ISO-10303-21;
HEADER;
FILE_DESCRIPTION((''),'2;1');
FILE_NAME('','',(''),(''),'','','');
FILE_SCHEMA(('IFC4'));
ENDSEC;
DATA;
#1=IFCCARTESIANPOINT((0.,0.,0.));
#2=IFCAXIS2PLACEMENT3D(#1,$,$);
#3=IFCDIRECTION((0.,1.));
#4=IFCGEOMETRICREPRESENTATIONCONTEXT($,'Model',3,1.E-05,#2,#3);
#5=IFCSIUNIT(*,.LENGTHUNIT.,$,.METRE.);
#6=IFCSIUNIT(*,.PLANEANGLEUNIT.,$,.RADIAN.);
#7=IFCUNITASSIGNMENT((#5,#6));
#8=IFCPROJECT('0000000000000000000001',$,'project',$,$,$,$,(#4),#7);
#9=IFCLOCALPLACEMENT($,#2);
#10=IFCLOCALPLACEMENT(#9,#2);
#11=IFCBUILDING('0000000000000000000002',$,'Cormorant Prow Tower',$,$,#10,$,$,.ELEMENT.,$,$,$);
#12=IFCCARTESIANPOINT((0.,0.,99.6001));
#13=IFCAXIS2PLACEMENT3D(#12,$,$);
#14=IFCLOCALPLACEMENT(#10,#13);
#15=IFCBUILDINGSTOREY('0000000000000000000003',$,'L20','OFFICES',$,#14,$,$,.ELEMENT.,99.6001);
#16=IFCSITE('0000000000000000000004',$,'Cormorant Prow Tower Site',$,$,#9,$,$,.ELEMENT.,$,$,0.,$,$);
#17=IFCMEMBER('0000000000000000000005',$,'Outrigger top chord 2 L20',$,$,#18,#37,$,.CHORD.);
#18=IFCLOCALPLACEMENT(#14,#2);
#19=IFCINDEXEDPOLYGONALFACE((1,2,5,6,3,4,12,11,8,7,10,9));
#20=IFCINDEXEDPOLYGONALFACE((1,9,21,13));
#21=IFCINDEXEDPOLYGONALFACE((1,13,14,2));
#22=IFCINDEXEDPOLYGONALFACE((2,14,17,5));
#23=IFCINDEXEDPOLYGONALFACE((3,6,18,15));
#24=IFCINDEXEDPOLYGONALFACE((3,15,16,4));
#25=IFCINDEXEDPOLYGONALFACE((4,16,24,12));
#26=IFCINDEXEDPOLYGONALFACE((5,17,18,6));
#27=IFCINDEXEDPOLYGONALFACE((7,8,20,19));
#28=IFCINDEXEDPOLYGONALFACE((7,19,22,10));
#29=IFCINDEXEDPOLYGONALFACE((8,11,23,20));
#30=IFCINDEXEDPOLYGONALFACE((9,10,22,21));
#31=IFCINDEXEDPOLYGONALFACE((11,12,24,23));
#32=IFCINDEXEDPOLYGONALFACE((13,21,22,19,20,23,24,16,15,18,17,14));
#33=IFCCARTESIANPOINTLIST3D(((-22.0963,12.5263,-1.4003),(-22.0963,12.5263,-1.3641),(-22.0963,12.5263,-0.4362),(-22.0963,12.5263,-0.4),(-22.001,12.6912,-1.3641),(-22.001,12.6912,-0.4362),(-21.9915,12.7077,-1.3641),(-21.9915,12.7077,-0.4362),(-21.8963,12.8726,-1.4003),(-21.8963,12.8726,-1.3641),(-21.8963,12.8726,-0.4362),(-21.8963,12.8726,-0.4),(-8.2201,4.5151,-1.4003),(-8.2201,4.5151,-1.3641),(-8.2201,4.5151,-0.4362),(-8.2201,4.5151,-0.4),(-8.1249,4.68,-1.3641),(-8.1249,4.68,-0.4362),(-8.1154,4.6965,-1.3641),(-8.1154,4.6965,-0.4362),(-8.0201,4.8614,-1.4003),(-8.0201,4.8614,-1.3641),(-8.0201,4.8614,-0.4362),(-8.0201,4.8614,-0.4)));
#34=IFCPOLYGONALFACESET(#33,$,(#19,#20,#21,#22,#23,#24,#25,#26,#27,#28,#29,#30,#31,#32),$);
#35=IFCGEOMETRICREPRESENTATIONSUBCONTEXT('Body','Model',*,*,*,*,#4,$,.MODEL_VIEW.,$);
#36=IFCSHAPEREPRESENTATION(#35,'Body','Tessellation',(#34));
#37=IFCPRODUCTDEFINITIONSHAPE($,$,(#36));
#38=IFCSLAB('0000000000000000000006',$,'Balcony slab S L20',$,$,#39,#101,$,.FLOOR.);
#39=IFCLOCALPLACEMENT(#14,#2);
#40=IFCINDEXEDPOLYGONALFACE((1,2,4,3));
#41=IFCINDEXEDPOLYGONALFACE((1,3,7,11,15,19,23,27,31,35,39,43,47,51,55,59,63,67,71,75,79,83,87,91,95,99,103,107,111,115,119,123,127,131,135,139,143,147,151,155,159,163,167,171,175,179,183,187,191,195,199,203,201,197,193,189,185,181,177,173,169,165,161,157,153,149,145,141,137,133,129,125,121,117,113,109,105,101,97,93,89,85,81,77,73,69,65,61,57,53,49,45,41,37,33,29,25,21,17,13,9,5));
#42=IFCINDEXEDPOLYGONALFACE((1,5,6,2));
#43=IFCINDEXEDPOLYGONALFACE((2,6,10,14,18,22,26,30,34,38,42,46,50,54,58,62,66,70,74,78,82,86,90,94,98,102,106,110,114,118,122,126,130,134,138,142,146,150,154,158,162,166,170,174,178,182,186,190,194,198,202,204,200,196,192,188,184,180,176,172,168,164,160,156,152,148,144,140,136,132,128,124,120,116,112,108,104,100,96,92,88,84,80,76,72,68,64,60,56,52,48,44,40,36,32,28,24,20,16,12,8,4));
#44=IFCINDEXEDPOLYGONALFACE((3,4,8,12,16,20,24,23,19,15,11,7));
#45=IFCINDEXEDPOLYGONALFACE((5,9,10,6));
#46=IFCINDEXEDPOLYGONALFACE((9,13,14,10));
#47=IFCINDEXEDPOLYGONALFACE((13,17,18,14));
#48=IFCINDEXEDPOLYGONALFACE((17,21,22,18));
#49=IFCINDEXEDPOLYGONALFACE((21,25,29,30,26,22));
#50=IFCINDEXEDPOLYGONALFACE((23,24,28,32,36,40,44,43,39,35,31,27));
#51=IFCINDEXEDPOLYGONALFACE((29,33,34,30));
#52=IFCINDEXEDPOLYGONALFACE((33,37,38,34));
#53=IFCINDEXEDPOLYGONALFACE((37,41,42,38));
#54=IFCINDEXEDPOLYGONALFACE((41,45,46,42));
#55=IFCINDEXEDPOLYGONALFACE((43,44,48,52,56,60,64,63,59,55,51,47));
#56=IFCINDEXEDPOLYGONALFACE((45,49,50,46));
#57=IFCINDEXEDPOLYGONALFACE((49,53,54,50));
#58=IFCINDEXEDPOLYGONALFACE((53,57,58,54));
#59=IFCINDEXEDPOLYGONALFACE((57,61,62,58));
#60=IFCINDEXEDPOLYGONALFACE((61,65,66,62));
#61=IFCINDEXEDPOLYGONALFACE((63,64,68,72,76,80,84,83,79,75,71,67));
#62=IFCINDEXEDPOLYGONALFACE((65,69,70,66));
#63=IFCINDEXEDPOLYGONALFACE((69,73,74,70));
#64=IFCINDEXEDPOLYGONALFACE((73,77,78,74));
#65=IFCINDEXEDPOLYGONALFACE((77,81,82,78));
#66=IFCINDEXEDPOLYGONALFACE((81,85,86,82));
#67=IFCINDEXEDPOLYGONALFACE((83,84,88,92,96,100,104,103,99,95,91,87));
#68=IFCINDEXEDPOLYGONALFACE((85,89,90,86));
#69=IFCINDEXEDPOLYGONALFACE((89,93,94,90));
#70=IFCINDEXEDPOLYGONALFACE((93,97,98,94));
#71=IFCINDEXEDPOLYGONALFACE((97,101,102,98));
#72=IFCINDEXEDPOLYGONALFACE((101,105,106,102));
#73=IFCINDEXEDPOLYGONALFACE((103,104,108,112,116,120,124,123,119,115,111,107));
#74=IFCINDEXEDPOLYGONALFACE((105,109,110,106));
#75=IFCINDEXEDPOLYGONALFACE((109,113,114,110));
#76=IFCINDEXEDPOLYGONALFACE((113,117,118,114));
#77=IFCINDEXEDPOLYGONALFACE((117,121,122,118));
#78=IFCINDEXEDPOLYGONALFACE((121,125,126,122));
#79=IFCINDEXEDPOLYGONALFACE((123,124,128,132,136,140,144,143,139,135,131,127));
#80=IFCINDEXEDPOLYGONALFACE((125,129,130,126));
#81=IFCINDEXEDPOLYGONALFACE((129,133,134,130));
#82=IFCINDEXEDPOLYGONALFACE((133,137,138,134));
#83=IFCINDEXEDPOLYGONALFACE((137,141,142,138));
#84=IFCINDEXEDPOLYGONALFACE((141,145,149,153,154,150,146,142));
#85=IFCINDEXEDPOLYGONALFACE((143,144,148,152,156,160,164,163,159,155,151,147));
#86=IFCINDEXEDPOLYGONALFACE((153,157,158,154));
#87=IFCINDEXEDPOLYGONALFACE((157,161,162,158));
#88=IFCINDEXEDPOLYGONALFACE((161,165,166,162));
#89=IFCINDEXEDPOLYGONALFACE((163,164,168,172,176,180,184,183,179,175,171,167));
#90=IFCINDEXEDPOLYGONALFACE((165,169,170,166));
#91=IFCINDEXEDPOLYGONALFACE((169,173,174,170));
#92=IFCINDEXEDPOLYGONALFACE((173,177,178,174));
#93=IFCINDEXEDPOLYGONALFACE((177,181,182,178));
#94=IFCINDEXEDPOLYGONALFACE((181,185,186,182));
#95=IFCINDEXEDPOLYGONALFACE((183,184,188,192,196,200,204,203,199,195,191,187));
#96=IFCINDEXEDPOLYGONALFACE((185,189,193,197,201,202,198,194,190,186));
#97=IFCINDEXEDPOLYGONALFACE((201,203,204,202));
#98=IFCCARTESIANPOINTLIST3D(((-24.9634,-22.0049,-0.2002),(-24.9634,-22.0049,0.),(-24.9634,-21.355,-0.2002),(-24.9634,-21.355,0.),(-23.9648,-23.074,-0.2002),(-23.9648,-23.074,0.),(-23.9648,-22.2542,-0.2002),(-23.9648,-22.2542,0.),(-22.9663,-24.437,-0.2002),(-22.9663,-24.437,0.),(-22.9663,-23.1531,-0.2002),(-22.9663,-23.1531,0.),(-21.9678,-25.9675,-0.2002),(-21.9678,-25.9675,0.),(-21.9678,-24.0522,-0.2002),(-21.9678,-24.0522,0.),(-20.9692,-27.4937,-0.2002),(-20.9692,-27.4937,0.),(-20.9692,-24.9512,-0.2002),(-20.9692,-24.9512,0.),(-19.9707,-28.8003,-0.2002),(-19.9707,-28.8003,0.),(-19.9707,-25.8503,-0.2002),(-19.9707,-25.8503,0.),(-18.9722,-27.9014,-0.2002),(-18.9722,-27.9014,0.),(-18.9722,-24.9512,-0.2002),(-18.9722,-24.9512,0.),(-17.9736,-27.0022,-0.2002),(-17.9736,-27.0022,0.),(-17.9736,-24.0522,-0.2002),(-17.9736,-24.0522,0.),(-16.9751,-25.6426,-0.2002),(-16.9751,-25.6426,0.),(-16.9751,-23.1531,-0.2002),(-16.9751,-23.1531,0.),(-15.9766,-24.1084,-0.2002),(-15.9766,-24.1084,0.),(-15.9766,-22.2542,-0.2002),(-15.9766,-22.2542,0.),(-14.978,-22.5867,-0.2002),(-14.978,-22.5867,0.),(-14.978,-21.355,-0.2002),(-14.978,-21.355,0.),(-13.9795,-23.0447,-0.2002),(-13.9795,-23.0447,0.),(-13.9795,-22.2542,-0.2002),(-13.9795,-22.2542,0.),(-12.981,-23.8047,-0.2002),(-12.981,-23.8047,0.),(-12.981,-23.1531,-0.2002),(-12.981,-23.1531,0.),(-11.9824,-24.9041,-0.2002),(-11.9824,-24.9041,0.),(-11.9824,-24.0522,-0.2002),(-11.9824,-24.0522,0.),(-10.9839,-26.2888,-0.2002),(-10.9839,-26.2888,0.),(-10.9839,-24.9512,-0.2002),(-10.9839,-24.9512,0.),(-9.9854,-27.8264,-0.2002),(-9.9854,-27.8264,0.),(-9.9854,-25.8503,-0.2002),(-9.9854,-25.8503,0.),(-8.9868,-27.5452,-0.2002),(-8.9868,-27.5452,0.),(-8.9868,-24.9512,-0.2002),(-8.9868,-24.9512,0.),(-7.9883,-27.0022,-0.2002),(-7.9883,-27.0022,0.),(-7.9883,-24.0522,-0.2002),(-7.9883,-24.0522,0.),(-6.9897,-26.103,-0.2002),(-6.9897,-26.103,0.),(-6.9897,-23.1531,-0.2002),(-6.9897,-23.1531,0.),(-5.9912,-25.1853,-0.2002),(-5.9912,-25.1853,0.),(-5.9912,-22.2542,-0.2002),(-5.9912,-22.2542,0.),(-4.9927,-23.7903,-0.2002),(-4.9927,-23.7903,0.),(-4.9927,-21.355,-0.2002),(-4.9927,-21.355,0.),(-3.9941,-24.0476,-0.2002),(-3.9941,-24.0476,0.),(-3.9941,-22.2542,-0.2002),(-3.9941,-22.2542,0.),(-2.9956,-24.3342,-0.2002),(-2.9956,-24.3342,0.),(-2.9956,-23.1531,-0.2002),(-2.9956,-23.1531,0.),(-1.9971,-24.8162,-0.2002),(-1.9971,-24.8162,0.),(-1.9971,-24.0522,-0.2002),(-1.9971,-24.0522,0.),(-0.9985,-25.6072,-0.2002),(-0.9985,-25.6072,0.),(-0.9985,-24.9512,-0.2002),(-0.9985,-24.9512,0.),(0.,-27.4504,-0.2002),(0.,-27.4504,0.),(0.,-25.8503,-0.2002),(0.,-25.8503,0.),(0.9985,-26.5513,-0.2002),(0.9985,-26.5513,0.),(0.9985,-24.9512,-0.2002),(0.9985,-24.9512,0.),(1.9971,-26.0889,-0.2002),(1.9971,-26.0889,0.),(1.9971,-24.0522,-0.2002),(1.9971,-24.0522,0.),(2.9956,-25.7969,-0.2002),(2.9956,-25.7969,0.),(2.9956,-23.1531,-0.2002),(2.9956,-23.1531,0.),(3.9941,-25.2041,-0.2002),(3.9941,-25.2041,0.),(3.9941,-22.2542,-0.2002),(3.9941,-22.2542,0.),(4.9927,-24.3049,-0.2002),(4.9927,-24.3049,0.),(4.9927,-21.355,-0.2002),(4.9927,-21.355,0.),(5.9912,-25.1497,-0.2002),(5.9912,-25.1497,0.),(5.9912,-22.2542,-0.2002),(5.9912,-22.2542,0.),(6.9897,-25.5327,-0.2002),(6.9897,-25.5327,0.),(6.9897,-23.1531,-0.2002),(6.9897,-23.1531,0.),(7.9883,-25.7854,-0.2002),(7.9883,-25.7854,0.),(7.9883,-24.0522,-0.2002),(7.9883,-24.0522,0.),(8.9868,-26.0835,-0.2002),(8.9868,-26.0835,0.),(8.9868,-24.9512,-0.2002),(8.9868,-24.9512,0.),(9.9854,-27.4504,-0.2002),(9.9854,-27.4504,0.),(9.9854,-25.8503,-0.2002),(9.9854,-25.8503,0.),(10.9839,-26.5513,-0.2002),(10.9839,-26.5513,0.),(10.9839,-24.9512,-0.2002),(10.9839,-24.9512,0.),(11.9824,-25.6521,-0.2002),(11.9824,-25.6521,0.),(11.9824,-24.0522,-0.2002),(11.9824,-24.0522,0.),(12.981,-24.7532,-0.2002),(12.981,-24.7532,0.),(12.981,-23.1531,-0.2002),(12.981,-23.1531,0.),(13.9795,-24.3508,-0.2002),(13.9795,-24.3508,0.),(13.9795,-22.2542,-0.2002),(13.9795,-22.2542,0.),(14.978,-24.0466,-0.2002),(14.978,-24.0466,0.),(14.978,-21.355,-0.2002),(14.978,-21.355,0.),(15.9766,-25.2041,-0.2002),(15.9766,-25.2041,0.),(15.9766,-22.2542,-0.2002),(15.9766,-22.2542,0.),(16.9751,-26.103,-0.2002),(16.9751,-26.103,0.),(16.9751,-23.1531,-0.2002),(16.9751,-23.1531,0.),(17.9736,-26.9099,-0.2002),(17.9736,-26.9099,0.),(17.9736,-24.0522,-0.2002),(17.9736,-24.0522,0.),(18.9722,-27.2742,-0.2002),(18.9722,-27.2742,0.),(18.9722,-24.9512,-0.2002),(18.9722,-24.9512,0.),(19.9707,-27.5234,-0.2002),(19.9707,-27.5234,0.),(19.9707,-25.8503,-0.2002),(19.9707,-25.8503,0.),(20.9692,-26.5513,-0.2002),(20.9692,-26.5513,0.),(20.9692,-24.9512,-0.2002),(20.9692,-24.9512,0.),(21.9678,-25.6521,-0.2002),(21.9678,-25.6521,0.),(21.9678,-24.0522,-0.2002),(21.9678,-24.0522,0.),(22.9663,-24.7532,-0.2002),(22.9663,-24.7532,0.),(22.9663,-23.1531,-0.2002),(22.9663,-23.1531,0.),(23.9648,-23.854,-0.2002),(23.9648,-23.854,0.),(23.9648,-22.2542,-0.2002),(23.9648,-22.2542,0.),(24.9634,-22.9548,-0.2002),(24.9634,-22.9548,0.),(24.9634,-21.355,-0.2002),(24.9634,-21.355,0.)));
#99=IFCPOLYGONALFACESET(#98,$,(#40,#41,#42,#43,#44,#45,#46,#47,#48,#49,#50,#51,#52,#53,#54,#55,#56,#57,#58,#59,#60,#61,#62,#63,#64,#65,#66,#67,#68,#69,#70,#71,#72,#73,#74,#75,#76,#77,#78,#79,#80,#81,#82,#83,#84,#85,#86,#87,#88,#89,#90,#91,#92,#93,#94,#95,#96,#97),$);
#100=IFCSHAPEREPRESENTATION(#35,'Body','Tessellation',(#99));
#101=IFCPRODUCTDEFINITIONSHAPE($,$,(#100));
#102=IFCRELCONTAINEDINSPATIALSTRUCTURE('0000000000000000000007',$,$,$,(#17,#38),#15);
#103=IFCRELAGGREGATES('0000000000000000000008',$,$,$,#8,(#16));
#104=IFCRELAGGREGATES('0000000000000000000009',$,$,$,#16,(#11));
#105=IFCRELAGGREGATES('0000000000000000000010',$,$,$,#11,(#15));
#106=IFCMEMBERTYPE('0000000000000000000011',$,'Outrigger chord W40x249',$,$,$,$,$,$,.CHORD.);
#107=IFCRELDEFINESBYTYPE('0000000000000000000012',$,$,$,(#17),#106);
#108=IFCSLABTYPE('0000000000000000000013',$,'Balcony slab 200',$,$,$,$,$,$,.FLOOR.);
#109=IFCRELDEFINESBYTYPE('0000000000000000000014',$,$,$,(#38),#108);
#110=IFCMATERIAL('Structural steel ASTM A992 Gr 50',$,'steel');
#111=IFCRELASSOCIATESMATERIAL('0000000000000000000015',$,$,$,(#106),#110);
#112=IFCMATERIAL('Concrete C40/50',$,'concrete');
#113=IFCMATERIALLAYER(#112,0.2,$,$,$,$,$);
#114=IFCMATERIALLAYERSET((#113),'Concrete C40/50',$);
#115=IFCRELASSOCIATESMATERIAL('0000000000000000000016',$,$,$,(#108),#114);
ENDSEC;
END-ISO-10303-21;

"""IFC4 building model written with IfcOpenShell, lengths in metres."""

from ifc_helpers import new_model, si_unit, direction, frame, origin, origin_2d, place, context, subcontext, project, spatial, polyline, i_section, outline, extrude, material, layer, layer_set, material_profile, profile_set, type_object, element, save


model = new_model("IFC4")

# Units and contexts
model_context = context("Model", 3, precision=1e-05, world=origin(), true_north=direction((0.0, 1.0)))
body_context = subcontext(model_context, "Body", "Model", "MODEL_VIEW")
ifc_project = project(units=[si_unit("LENGTHUNIT", "METRE"), si_unit("PLANEANGLEUNIT", "RADIAN")], contexts=[model_context])

# Site, building, storey
site_placement = place(None, origin())
site = spatial("IfcSite", under=ifc_project, at=site_placement, Name="Cormorant Prow Tower Site", CompositionType="ELEMENT", RefElevation=0.0)
building_placement = place(site_placement, origin())
building = spatial("IfcBuilding", under=site, at=building_placement, Name="Cormorant Prow Tower", CompositionType="ELEMENT")
storey_placement = place(building_placement, frame((0.0, 0.0, 99.6001)))
storey = spatial("IfcBuildingStorey", under=building, at=storey_placement, Name="L20", Description="OFFICES", CompositionType="ELEMENT", Elevation=99.6001)

# Member
ifc_material_1 = material(Name="Structural steel ASTM A992 Gr 50", Category="steel")
ifc_material_profile = material_profile(ifc_material_1, i_section(OverallWidth=0.3999, OverallDepth=1.0002, WebThickness=0.019, FlangeThickness=0.0361, at=origin_2d()), Name="W40x249")
ifc_profile_set = profile_set([ifc_material_profile], Name="Structural steel ASTM A992 Gr 50")
member_type = type_object("IfcMemberType", Name="Outrigger chord W40x249", PredefinedType="CHORD", material=ifc_profile_set)
member_placement = place(storey_placement, frame((-8.1201, 4.6882, -0.9001), z_axis=(-0.866031, 0.49999, 0.0), x_axis=(-0.49999, -0.866031, 0.0)))
element("IfcMember", 1, at=member_placement, inside=storey, type_object=member_type, Name="Outrigger top chord 2 L20", PredefinedType="CHORD", context=body_context, shape_type="SweptSolid", body=[
    extrude(i_section(OverallWidth=0.3999, OverallDepth=1.0002, WebThickness=0.019, FlangeThickness=0.0361, at=origin_2d()), origin(), (0.0, 0.0, 1.0), 16.0227),
])

# Slab
ifc_material_2 = material(Name="Concrete C40/50", Category="concrete")
ifc_layer_1 = layer(ifc_material_2, 0.2)
ifc_layer_set_1 = layer_set([ifc_layer_1], Name="Concrete C40/50")
slab_type_1 = type_object("IfcSlabType", Name="Balcony slab 200", PredefinedType="FLOOR", material=ifc_layer_set_1)
slab_1_placement = place(storey_placement, frame((0.0, 0.0, -0.2002)))
element("IfcSlab", 2, at=slab_1_placement, inside=storey, type_object=slab_type_1, Name="Balcony slab S L20", PredefinedType="FLOOR", context=body_context, shape_type="SweptSolid", body=[
    extrude(outline(polyline([(-24.9634, -21.355), (-24.9634, -22.0049), (-23.9648, -23.074), (-22.9663, -24.437), (-21.9678, -25.9675), (-20.9692, -27.4937), (-19.9707, -28.8003), (-18.9722, -27.9014), (-17.9736, -27.0022), (-16.9751, -25.6426), (-15.9766, -24.1084), (-14.978, -22.5867), (-13.9795, -23.0447), (-12.981, -23.8047), (-11.9824, -24.9041), (-10.9839, -26.2888), (-9.9854, -27.8264), (-8.9868, -27.5452), (-7.9883, -27.0022), (-6.9897, -26.103), (-5.9912, -25.1853), (-4.9927, -23.7903), (-3.9941, -24.0476), (-2.9956, -24.3342), (-1.9971, -24.8162), (-0.9985, -25.6072), (0.0, -27.4504), (0.9985, -26.5513), (1.9971, -26.0889), (2.9956, -25.7969), (3.9941, -25.2041), (4.9927, -24.3049), (5.9912, -25.1497), (6.9897, -25.5327), (7.9883, -25.7854), (8.9868, -26.0835), (9.9854, -27.4504), (10.9839, -26.5513), (11.9824, -25.6521), (12.981, -24.7532), (13.9795, -24.3508), (14.978, -24.0466), (15.9766, -25.2041), (16.9751, -26.103), (17.9736, -26.9099), (18.9722, -27.2742), (19.9707, -27.5234), (20.9692, -26.5513), (21.9678, -25.6521), (22.9663, -24.7532), (23.9648, -23.854), (24.9634, -22.9548), (24.9634, -21.355), (23.9648, -22.2542), (22.9663, -23.1531), (21.9678, -24.0522), (20.9692, -24.9512), (19.9707, -25.8503), (18.9722, -24.9512), (17.9736, -24.0522), (16.9751, -23.1531), (15.9766, -22.2542), (14.978, -21.355), (13.9795, -22.2542), (12.981, -23.1531), (11.9824, -24.0522), (10.9839, -24.9512), (9.9854, -25.8503), (8.9868, -24.9512), (7.9883, -24.0522), (6.9897, -23.1531), (5.9912, -22.2542), (4.9927, -21.355), (3.9941, -22.2542), (2.9956, -23.1531), (1.9971, -24.0522), (0.9985, -24.9512), (0.0, -25.8503), (-0.9985, -24.9512), (-1.9971, -24.0522), (-2.9956, -23.1531), (-3.9941, -22.2542), (-4.9927, -21.355), (-5.9912, -22.2542), (-6.9897, -23.1531), (-7.9883, -24.0522), (-8.9868, -24.9512), (-9.9854, -25.8503), (-10.9839, -24.9512), (-11.9824, -24.0522), (-12.981, -23.1531), (-13.9795, -22.2542), (-14.978, -21.355), (-15.9766, -22.2542), (-16.9751, -23.1531), (-17.9736, -24.0522), (-18.9722, -24.9512), (-19.9707, -25.8503), (-20.9692, -24.9512), (-21.9678, -24.0522), (-22.9663, -23.1531), (-23.9648, -22.2542), (-24.9634, -21.355)])), origin(), (0.0, 0.0, 1.0), 0.2002),
])

save(model, "model.ifc")
